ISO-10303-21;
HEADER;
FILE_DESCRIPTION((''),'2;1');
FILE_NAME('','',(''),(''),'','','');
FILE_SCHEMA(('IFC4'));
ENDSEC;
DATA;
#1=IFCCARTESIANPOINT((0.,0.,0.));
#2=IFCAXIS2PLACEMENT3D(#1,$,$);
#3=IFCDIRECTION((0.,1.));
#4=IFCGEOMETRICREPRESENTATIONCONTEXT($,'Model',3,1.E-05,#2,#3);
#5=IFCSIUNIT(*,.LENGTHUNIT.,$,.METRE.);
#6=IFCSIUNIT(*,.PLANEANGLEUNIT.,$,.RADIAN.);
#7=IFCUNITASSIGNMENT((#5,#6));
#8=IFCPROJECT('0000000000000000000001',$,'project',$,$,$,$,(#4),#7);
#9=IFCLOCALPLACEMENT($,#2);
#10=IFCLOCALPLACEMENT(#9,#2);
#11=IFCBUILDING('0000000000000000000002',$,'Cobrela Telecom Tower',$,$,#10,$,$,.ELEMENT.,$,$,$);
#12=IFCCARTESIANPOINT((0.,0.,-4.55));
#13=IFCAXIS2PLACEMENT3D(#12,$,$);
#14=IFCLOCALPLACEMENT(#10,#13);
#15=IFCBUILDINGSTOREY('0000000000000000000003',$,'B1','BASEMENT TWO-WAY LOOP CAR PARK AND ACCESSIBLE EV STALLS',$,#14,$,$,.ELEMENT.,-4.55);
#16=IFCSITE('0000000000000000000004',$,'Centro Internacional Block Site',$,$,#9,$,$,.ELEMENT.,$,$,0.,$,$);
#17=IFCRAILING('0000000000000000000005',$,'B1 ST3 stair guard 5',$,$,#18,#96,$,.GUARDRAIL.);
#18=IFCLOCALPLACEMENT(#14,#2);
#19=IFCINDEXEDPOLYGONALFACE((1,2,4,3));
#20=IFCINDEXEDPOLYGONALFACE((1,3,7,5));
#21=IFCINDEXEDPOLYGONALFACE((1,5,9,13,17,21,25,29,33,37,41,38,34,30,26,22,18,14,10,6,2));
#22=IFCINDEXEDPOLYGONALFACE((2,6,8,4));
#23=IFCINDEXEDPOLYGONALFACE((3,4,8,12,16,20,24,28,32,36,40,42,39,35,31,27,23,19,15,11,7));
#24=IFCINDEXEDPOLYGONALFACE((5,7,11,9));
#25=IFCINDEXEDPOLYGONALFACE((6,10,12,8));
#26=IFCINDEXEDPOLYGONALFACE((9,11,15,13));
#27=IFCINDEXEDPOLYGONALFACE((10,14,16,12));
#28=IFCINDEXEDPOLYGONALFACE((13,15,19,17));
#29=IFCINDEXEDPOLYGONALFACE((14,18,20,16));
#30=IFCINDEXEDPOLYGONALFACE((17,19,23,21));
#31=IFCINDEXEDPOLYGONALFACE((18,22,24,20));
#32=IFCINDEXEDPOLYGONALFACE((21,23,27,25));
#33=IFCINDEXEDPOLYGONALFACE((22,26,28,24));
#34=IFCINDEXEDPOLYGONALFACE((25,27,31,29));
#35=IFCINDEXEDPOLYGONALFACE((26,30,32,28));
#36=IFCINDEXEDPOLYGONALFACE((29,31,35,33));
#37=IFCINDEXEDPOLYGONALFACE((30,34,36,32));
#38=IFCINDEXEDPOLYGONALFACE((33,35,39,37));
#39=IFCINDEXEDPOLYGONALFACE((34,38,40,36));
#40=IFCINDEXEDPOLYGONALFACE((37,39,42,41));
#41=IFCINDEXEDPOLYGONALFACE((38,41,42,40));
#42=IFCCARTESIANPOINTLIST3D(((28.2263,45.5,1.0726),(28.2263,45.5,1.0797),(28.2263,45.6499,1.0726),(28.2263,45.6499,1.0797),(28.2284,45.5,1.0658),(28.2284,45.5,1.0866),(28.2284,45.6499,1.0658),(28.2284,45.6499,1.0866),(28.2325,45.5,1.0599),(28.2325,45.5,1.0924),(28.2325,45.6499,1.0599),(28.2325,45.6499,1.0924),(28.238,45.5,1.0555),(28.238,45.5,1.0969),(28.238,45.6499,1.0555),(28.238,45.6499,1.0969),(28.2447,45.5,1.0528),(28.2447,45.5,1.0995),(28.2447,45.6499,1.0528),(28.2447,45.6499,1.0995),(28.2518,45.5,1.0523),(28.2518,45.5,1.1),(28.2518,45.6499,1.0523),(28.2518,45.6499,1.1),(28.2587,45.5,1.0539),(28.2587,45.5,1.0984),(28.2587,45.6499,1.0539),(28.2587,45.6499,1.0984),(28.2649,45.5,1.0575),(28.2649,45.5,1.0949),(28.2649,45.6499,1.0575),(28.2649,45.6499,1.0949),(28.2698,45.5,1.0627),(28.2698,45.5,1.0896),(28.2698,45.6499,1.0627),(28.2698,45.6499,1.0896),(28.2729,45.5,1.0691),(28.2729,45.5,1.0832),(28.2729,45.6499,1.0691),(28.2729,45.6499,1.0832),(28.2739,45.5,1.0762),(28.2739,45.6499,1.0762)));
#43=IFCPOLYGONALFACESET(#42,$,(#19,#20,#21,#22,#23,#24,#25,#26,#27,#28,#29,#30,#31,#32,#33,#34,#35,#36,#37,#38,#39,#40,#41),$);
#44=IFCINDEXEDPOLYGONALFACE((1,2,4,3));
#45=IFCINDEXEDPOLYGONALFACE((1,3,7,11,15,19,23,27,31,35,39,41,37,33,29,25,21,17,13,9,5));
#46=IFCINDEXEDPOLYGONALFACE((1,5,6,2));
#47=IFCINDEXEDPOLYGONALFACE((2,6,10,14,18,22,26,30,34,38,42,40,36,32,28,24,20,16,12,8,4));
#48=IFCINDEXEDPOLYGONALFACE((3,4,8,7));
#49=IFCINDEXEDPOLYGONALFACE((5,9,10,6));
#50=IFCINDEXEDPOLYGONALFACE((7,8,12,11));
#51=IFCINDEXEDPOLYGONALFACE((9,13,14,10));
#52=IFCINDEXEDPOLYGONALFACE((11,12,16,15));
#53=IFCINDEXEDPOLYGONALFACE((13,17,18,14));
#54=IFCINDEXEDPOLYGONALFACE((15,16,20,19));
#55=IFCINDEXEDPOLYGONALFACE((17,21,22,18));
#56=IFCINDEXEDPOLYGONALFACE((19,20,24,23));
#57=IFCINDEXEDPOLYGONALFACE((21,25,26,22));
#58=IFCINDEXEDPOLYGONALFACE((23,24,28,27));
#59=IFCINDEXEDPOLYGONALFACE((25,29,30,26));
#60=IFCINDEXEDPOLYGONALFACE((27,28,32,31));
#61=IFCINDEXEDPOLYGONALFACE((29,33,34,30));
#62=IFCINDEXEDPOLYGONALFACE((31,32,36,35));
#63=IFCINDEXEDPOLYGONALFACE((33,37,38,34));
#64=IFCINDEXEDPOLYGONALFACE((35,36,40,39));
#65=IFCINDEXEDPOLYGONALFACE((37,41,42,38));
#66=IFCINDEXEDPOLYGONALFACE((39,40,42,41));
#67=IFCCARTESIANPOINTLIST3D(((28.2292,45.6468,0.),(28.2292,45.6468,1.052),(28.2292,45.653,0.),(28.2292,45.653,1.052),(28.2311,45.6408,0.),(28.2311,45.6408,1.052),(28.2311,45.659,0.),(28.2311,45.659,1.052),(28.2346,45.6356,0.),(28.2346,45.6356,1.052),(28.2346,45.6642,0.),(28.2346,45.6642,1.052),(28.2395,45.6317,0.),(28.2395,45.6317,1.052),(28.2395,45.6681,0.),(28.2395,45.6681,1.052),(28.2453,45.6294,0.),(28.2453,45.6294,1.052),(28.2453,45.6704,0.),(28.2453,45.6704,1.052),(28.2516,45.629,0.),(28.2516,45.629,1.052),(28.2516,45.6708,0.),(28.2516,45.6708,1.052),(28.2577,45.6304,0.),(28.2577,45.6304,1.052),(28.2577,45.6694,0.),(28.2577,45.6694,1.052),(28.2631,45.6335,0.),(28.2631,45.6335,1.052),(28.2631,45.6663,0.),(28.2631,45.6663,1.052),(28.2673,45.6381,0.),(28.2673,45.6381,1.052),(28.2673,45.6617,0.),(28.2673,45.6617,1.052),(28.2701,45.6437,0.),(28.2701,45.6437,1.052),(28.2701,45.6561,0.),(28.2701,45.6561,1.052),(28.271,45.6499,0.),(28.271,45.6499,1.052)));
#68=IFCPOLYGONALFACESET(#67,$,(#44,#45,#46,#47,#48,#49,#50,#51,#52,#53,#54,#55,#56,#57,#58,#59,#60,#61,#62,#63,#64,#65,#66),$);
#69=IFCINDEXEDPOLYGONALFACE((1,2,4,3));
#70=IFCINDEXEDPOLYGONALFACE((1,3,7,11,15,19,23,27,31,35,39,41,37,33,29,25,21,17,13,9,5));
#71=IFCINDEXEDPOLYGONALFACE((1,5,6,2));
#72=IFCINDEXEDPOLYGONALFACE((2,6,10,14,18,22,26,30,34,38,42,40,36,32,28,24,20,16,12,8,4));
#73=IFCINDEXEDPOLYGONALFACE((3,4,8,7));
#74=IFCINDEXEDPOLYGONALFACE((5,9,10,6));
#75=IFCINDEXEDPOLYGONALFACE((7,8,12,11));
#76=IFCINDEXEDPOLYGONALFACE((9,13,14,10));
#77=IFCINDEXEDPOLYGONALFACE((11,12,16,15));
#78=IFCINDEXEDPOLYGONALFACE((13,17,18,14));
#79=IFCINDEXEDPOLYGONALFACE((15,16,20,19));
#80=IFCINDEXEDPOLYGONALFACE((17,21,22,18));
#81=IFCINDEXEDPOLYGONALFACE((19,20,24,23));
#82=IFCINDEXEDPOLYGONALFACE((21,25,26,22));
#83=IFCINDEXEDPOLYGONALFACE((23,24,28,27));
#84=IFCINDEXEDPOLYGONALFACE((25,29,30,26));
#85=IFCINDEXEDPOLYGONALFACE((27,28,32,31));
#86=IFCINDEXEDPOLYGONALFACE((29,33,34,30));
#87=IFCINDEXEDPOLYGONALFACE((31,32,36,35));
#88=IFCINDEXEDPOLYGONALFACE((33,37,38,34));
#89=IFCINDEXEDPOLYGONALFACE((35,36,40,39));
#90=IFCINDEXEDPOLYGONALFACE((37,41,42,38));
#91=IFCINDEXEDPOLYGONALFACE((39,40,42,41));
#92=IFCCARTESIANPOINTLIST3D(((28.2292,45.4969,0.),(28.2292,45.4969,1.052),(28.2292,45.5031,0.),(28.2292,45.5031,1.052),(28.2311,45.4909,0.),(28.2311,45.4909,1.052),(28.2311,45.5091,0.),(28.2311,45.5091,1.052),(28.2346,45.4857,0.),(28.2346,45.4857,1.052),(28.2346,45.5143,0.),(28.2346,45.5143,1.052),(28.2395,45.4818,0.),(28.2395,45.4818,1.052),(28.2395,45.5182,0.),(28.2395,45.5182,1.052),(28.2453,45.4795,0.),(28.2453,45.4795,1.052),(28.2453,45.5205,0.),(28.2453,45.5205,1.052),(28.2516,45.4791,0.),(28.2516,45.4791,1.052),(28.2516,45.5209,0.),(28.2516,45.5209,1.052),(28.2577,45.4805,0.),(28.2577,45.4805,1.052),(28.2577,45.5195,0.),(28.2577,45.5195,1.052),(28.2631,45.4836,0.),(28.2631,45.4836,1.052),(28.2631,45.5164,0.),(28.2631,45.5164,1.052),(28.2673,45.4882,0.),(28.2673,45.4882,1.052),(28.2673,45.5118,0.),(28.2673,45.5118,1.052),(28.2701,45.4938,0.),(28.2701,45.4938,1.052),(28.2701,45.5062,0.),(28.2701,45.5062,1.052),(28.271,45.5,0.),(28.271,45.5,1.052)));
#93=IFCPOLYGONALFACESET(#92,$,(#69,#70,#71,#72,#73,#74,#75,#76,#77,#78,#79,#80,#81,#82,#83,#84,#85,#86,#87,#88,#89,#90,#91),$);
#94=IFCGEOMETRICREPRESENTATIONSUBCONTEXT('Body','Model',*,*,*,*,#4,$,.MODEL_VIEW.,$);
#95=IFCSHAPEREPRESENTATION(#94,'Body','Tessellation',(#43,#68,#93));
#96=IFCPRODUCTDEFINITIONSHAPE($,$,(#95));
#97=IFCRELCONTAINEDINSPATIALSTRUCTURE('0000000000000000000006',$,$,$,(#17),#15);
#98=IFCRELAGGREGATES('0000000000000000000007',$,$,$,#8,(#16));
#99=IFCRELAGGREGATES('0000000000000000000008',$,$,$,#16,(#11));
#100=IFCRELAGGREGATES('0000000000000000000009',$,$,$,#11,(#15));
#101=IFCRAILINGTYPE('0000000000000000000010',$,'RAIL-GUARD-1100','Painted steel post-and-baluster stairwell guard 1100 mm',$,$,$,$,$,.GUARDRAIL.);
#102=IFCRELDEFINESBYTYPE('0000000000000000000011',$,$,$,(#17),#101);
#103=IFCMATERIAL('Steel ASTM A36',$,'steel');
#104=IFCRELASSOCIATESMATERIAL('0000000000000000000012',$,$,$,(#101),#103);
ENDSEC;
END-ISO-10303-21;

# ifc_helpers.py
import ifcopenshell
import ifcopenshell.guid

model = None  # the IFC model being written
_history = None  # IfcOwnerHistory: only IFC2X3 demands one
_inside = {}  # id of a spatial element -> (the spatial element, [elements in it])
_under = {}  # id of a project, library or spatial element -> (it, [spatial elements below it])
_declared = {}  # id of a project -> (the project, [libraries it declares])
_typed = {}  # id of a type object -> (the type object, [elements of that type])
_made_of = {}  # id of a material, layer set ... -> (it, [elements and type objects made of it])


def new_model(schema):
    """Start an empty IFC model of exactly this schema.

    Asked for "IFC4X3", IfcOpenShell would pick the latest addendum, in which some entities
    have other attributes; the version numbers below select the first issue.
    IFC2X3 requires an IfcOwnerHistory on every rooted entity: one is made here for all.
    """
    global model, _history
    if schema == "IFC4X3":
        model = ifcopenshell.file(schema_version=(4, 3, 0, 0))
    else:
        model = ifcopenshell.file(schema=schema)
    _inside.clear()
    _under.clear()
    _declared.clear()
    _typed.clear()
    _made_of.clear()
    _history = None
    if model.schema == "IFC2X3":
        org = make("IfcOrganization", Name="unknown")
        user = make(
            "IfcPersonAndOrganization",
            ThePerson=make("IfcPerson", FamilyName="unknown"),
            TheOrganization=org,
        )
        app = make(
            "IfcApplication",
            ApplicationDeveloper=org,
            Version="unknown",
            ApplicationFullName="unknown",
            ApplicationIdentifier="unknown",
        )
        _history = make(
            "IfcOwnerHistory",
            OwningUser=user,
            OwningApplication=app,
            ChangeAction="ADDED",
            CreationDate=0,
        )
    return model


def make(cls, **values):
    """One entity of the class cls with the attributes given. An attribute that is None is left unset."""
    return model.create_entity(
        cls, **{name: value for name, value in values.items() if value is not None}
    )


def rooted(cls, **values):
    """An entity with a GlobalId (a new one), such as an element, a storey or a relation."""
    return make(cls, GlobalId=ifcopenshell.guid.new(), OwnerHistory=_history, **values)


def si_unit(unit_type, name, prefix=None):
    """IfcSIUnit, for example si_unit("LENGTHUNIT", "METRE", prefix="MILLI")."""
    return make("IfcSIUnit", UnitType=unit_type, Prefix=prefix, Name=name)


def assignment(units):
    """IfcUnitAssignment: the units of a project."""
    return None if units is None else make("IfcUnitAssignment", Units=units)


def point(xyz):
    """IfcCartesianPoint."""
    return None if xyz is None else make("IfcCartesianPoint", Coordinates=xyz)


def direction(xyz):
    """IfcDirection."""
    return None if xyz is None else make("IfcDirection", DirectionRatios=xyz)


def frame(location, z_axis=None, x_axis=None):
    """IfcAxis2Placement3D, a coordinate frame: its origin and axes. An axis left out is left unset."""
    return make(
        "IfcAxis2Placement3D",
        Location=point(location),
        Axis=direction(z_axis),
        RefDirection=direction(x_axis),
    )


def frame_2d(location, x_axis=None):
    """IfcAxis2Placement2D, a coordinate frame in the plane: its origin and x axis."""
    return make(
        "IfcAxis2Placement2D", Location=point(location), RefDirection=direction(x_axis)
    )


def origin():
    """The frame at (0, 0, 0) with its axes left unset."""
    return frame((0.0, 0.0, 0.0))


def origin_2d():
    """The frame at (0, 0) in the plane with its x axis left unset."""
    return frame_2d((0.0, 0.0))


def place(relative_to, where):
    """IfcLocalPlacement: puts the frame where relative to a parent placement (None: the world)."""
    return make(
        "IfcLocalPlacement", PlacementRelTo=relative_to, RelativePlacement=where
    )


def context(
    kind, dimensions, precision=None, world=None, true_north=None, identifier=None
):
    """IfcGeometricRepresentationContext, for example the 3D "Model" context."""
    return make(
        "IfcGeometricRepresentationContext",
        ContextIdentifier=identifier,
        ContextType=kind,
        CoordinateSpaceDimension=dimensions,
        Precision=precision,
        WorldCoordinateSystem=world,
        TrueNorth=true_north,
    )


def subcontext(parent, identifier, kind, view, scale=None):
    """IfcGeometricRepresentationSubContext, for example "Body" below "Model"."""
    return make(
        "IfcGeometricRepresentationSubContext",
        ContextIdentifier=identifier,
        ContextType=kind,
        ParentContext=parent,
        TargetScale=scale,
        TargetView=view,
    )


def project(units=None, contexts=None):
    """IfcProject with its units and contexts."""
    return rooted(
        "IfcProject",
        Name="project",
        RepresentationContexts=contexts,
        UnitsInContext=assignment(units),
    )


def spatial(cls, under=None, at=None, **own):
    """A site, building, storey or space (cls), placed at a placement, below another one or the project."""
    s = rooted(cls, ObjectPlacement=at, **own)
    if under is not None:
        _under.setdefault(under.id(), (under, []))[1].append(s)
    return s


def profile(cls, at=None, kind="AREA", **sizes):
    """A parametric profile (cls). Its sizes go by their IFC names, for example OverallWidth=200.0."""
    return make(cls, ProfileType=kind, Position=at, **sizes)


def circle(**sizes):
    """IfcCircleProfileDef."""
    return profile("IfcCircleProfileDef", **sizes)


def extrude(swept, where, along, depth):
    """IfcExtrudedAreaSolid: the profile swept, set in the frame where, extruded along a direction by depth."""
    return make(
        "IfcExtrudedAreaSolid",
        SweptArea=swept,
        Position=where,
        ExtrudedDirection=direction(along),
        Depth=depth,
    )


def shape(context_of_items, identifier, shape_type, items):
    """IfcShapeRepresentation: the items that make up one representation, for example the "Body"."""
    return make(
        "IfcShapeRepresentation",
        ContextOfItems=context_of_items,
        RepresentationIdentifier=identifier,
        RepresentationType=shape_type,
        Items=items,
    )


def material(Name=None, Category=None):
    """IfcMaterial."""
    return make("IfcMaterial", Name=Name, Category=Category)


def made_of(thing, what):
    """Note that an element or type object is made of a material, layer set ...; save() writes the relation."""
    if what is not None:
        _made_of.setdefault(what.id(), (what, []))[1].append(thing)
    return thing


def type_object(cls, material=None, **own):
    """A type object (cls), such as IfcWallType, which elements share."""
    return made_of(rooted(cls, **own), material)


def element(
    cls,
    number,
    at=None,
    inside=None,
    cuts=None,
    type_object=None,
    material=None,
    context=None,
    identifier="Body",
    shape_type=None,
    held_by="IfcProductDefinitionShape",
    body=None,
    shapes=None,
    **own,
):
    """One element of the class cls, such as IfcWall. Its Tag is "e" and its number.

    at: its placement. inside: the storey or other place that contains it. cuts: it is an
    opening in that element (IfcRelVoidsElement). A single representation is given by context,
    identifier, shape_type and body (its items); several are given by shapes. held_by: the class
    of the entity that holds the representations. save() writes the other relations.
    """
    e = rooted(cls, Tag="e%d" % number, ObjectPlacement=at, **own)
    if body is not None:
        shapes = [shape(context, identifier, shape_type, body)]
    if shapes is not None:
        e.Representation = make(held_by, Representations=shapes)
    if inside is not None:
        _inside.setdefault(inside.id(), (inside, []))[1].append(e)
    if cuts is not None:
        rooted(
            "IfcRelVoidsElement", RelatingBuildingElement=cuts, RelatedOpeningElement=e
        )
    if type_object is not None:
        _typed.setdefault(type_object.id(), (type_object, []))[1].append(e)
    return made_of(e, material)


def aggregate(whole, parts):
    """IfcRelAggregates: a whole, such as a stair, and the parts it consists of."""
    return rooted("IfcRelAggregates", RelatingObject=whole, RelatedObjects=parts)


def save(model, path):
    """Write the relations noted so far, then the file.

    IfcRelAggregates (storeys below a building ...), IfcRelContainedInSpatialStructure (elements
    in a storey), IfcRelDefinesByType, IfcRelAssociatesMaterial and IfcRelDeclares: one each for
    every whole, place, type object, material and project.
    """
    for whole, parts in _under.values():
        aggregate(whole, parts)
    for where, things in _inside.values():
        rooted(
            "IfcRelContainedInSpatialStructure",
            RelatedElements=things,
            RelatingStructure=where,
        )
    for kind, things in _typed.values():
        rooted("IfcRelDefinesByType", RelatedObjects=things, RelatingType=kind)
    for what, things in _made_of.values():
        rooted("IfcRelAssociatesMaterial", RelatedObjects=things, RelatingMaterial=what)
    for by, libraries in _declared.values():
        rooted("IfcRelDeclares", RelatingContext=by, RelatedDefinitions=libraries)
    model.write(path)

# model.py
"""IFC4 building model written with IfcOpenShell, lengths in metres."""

from ifc_helpers import new_model, si_unit, direction, frame, origin, origin_2d, place, context, subcontext, project, spatial, circle, extrude, material, type_object, element, save


model = new_model("IFC4")

# Units and contexts
model_context = context("Model", 3, precision=1e-05, world=origin(), true_north=direction((0.0, 1.0)))
body_context = subcontext(model_context, "Body", "Model", "MODEL_VIEW")
ifc_project = project(units=[si_unit("LENGTHUNIT", "METRE"), si_unit("PLANEANGLEUNIT", "RADIAN")], contexts=[model_context])

# Site, building, storey
site_placement = place(None, origin())
site = spatial("IfcSite", under=ifc_project, at=site_placement, Name="Centro Internacional Block Site", CompositionType="ELEMENT", RefElevation=0.0)
building_placement = place(site_placement, origin())
building = spatial("IfcBuilding", under=site, at=building_placement, Name="Cobrela Telecom Tower", CompositionType="ELEMENT")
storey_placement = place(building_placement, frame((0.0, 0.0, -4.55)))
storey = spatial("IfcBuildingStorey", under=building, at=storey_placement, Name="B1", Description="BASEMENT TWO-WAY LOOP CAR PARK AND ACCESSIBLE EV STALLS", CompositionType="ELEMENT", Elevation=-4.55)

# Shared definitions
ifc_material_1 = material(Name="Steel ASTM A36", Category="steel")

# Railing
railing_type_1 = type_object("IfcRailingType", Name="RAIL-GUARD-1100", Description="Painted steel post-and-baluster stairwell guard 1100 mm", PredefinedType="GUARDRAIL", material=ifc_material_1)
railing_1_placement = place(storey_placement, frame((28.25, 45.6499, 0.0)))
element("IfcRailing", 1, at=railing_1_placement, inside=storey, type_object=railing_type_1, Name="B1 ST3 stair guard 5", PredefinedType="GUARDRAIL", context=body_context, shape_type="SweptSolid", body=[
    extrude(circle(Radius=0.0239, at=origin_2d()), frame((0.0, 0.0, 1.0762), z_axis=(0.0, -1.0, 0.0), x_axis=(1.0, 0.0, 0.0)), (0.0, 0.0, 1.0), 0.1499),
    extrude(circle(Radius=0.021, at=origin_2d()), origin(), (0.0, 0.0, 1.0), 1.052),
    extrude(circle(Radius=0.021, at=origin_2d()), frame((0.0, -0.1499, 0.0)), (0.0, 0.0, 1.0), 1.052),
])

save(model, "model.ifc")
